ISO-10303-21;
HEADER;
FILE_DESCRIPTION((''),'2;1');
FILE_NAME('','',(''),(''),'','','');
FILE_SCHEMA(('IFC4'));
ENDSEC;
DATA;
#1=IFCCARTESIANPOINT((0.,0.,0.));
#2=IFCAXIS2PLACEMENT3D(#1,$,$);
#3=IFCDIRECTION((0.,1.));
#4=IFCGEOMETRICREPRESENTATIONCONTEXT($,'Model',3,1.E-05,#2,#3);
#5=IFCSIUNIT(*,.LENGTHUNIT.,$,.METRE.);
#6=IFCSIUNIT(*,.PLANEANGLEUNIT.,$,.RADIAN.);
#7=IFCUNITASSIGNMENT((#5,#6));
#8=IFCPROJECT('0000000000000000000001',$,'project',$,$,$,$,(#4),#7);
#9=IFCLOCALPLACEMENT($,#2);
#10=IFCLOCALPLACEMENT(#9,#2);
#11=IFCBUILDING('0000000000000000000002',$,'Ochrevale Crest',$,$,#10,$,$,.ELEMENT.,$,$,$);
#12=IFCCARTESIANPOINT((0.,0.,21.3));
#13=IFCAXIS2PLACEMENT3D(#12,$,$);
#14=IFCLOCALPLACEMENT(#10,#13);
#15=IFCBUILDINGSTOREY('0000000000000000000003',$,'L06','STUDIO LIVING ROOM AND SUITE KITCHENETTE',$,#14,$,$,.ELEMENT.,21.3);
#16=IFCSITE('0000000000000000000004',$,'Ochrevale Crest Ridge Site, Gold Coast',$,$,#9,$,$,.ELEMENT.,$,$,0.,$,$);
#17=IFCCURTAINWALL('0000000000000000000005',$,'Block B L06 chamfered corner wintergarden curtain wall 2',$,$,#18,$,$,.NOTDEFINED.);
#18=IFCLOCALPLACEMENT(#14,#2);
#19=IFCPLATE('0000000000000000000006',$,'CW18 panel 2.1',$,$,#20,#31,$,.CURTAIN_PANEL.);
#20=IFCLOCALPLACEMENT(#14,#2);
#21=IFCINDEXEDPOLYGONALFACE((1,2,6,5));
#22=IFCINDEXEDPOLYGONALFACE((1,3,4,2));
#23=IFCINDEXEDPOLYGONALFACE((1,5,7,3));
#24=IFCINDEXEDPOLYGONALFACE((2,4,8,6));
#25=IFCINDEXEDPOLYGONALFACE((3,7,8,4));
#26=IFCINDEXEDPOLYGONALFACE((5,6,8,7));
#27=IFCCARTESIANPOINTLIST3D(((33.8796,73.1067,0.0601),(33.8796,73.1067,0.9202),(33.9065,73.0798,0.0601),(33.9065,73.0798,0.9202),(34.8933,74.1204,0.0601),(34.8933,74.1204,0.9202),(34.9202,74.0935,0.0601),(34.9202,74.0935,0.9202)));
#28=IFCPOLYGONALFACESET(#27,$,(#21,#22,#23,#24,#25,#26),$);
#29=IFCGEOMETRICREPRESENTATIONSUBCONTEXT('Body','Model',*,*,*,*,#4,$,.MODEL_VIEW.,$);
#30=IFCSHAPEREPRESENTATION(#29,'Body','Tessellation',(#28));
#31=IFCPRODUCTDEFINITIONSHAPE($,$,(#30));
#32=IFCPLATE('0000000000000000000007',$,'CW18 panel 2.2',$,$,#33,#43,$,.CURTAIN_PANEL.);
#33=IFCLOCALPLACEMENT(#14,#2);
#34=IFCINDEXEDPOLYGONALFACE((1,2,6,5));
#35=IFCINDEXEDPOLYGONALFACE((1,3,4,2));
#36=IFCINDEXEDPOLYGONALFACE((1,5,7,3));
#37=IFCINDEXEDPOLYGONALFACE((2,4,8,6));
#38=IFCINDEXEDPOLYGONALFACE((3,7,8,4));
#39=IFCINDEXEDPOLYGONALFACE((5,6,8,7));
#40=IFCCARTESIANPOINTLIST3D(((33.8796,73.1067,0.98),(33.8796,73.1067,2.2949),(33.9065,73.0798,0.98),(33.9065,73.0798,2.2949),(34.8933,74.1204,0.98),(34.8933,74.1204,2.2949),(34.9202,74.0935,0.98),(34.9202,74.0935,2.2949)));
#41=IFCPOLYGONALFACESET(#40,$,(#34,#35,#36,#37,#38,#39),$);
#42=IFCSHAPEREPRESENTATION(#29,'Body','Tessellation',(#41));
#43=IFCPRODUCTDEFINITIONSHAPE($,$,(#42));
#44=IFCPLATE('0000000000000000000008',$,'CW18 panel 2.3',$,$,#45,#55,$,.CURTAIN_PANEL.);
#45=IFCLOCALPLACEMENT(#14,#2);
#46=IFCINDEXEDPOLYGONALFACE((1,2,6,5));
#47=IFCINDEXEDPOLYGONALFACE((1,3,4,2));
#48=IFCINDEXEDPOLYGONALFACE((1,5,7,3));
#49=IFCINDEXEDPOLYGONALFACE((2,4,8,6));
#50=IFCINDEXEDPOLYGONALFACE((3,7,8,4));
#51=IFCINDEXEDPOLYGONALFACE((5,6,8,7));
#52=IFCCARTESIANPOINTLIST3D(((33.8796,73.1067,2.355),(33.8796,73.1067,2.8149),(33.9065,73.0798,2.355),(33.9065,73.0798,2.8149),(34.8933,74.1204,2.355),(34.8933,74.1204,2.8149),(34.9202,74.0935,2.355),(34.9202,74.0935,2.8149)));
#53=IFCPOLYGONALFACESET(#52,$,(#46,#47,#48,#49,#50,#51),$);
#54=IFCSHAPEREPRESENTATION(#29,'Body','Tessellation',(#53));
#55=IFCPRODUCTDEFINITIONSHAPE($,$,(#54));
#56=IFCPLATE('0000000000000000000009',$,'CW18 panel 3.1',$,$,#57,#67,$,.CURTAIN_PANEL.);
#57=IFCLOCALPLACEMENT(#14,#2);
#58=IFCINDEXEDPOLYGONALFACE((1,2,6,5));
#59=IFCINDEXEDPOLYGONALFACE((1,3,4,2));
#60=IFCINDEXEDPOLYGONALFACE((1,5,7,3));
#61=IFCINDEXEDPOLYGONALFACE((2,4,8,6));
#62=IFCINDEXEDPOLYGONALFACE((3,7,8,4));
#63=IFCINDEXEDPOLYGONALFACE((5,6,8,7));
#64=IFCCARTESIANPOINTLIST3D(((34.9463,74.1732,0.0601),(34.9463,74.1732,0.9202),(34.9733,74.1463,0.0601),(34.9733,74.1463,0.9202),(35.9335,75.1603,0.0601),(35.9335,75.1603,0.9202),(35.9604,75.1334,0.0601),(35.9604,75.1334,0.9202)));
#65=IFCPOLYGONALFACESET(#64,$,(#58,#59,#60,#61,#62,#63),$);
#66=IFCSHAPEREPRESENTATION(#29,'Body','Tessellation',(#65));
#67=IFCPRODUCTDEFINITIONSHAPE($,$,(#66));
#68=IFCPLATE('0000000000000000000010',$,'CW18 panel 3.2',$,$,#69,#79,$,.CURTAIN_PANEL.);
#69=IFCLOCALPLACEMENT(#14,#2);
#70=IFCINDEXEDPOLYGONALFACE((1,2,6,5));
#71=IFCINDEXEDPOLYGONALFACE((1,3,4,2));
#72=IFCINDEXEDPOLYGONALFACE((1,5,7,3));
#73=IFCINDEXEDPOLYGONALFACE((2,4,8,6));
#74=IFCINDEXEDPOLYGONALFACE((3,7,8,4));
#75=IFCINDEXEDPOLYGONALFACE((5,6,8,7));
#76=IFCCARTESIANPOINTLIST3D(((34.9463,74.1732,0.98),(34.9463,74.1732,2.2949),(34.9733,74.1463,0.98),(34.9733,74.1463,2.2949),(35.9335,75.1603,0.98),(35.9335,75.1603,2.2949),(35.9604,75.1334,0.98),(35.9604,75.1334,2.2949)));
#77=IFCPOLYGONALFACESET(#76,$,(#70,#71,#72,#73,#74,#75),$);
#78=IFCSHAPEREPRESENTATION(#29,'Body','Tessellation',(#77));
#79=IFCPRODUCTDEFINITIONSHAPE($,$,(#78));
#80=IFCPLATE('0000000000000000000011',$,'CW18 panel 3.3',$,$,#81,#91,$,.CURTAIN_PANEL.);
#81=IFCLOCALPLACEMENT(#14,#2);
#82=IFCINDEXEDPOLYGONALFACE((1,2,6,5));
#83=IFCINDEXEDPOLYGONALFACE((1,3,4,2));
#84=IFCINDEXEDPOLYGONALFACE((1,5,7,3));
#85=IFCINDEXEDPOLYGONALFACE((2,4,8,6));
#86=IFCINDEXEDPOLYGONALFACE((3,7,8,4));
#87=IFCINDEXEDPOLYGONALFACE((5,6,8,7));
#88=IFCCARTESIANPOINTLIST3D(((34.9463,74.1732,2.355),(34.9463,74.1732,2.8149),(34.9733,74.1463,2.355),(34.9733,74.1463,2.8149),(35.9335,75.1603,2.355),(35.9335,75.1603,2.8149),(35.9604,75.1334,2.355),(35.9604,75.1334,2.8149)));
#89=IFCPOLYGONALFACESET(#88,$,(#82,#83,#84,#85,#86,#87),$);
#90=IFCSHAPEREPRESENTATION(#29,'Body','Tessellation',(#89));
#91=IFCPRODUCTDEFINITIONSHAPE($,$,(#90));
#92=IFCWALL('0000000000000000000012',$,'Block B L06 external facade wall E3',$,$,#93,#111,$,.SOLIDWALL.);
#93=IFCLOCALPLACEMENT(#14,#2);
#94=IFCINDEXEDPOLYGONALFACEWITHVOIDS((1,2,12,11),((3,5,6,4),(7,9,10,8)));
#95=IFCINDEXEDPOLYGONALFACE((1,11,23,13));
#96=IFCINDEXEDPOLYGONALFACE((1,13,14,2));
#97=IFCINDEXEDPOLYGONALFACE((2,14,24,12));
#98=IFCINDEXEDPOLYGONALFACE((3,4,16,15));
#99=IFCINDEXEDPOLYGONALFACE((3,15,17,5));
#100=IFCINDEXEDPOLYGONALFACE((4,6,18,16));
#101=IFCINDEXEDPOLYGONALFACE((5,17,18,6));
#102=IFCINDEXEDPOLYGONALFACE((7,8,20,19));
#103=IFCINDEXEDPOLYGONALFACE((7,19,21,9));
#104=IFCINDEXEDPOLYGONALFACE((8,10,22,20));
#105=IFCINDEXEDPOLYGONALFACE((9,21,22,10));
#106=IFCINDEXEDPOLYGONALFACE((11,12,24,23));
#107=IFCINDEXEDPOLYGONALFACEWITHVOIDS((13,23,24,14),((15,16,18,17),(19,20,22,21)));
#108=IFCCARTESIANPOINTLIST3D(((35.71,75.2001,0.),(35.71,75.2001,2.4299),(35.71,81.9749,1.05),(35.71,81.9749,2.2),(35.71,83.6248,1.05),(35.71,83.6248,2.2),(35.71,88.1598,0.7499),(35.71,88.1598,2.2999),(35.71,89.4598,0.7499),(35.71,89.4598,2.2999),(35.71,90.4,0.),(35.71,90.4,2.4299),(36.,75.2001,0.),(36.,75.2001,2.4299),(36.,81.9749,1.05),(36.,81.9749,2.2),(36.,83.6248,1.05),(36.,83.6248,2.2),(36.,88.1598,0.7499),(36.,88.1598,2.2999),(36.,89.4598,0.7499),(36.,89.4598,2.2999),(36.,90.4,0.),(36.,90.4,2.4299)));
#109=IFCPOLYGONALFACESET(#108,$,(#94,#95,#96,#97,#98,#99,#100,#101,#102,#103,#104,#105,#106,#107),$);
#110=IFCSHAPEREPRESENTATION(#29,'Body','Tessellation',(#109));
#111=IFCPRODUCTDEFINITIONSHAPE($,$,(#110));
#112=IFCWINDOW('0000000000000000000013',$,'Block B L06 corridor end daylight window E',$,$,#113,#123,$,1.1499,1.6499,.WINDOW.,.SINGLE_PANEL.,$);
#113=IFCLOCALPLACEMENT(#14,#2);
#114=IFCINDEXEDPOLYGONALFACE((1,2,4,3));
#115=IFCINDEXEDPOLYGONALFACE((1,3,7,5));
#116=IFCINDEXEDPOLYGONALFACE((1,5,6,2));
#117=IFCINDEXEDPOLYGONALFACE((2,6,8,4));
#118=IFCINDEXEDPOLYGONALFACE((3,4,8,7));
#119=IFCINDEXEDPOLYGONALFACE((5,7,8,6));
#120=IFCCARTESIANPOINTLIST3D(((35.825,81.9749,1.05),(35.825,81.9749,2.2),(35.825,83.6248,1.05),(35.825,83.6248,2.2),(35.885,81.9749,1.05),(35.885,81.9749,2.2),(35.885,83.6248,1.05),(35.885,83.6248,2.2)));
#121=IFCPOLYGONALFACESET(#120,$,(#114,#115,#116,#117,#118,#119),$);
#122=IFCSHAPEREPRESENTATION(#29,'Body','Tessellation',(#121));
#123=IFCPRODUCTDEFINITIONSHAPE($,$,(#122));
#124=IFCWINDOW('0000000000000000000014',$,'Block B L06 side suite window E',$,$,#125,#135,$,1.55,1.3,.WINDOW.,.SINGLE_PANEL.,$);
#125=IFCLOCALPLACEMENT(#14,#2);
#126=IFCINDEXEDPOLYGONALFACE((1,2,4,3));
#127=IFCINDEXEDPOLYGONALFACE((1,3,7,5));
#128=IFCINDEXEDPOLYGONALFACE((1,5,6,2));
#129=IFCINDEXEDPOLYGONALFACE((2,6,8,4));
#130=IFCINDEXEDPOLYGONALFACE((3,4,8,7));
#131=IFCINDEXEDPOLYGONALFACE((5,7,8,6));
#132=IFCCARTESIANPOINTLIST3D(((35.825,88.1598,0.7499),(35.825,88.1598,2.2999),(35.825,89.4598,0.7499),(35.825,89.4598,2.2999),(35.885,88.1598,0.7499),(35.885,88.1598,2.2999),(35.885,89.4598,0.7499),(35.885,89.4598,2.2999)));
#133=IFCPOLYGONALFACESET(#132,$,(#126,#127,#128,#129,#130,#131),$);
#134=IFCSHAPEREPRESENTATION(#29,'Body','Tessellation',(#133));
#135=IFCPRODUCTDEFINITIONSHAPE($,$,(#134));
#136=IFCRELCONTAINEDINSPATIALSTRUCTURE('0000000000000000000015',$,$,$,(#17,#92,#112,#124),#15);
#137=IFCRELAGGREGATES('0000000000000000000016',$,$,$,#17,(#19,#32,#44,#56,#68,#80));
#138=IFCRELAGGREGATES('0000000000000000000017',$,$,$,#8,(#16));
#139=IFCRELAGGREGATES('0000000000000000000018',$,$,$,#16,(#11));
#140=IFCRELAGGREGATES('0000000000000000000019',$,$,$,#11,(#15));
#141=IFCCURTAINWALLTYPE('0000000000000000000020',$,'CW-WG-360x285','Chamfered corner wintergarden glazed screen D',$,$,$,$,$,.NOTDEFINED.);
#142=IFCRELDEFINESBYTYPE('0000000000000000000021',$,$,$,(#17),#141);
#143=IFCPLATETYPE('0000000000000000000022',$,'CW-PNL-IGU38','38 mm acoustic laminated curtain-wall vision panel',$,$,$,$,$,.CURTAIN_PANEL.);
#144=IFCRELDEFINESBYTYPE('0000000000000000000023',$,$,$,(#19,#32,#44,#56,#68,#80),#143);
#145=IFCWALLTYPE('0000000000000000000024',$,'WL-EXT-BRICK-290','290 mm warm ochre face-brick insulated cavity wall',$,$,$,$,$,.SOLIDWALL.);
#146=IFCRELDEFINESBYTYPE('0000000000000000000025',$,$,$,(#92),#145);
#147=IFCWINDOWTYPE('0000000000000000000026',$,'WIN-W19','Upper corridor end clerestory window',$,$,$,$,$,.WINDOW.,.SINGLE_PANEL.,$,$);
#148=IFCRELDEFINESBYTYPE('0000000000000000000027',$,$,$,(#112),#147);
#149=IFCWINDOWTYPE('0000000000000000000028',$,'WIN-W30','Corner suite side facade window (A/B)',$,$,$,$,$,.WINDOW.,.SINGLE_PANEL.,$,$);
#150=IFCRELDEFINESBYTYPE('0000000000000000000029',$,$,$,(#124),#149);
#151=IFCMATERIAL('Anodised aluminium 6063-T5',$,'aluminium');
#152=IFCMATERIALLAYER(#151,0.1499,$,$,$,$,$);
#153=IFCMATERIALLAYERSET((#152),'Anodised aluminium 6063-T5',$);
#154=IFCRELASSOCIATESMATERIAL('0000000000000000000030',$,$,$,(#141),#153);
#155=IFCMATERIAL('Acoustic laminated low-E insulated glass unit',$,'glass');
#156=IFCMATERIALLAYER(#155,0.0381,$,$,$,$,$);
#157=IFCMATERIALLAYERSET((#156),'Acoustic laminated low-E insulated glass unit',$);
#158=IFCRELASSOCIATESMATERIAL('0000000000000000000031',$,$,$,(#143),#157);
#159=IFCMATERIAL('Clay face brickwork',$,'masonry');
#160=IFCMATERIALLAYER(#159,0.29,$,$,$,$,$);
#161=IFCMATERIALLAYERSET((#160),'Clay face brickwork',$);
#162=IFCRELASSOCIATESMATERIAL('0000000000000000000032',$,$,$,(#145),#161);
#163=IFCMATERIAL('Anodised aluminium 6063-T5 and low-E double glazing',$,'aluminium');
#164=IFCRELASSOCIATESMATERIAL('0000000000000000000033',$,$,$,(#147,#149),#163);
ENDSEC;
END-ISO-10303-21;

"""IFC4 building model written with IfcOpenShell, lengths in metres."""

from ifc_helpers import new_model, si_unit, direction, frame, frame_2d, origin, origin_2d, place, context, subcontext, project, spatial, rectangle, extrude, material, layer, layer_set, type_object, element, fill, aggregate, save


model = new_model("IFC4")

# Units and contexts
model_context = context("Model", 3, precision=1e-05, world=origin(), true_north=direction((0.0, 1.0)))
body_context = subcontext(model_context, "Body", "Model", "MODEL_VIEW")
ifc_project = project(units=[si_unit("LENGTHUNIT", "METRE"), si_unit("PLANEANGLEUNIT", "RADIAN")], contexts=[model_context])

# Site, building, storey
site_placement = place(None, origin())
site = spatial("IfcSite", under=ifc_project, at=site_placement, Name="Ochrevale Crest Ridge Site, Gold Coast", CompositionType="ELEMENT", RefElevation=0.0)
building_placement = place(site_placement, origin())
building = spatial("IfcBuilding", under=site, at=building_placement, Name="Ochrevale Crest", CompositionType="ELEMENT")
storey_placement = place(building_placement, frame((0.0, 0.0, 21.3)))
storey = spatial("IfcBuildingStorey", under=building, at=storey_placement, Name="L06", Description="STUDIO LIVING ROOM AND SUITE KITCHENETTE", CompositionType="ELEMENT", Elevation=21.3)

# Curtain wall, plates
ifc_material_1 = material(Name="Anodised aluminium 6063-T5", Category="aluminium")
ifc_layer_1 = layer(ifc_material_1, 0.1499)
ifc_layer_set_1 = layer_set([ifc_layer_1], Name="Anodised aluminium 6063-T5")
curtain_wall_type = type_object("IfcCurtainWallType", Name="CW-WG-360x285", Description="Chamfered corner wintergarden glazed screen D", PredefinedType="NOTDEFINED", material=ifc_layer_set_1)
curtain_wall_placement = place(storey_placement, origin())
curtain_wall = element("IfcCurtainWall", 1, at=curtain_wall_placement, inside=storey, type_object=curtain_wall_type, Name="Block B L06 chamfered corner wintergarden curtain wall 2", PredefinedType="NOTDEFINED")
ifc_material_2 = material(Name="Acoustic laminated low-E insulated glass unit", Category="glass")
ifc_layer_2 = layer(ifc_material_2, 0.0381)
ifc_layer_set_2 = layer_set([ifc_layer_2], Name="Acoustic laminated low-E insulated glass unit")
plate_type = type_object("IfcPlateType", Name="CW-PNL-IGU38", Description="38 mm acoustic laminated curtain-wall vision panel", PredefinedType="CURTAIN_PANEL", material=ifc_layer_set_2)
plate_1_placement = place(storey_placement, frame((34.3999, 73.6001, 0.0601), z_axis=(0.0, 0.0, 1.0), x_axis=(0.707107, 0.707107, 0.0)))
plate_1 = element("IfcPlate", 2, at=plate_1_placement, type_object=plate_type, Name="CW18 panel 2.1", PredefinedType="CURTAIN_PANEL", context=body_context, shape_type="SweptSolid", body=[
    extrude(rectangle(XDim=1.4336, YDim=0.0381, at=origin_2d()), origin(), (0.0, 0.0, 1.0), 0.8601),
])
plate_2_placement = place(storey_placement, frame((34.3999, 73.6001, 0.98), z_axis=(0.0, 0.0, 1.0), x_axis=(0.707107, 0.707107, 0.0)))
plate_2 = element("IfcPlate", 3, at=plate_2_placement, type_object=plate_type, Name="CW18 panel 2.2", PredefinedType="CURTAIN_PANEL", context=body_context, shape_type="SweptSolid", body=[
    extrude(rectangle(XDim=1.4336, YDim=0.0381, at=origin_2d()), origin(), (0.0, 0.0, 1.0), 1.3149),
])
plate_3_placement = place(storey_placement, frame((34.3999, 73.6001, 2.355), z_axis=(0.0, 0.0, 1.0), x_axis=(0.707107, 0.707107, 0.0)))
plate_3 = element("IfcPlate", 4, at=plate_3_placement, type_object=plate_type, Name="CW18 panel 2.3", PredefinedType="CURTAIN_PANEL", context=body_context, shape_type="SweptSolid", body=[
    extrude(rectangle(XDim=1.4336, YDim=0.0381, at=origin_2d()), origin(), (0.0, 0.0, 1.0), 0.46),
])
plate_4_placement = place(storey_placement, frame((35.4534, 74.6533, 0.0601), z_axis=(0.0, 0.0, 1.0), x_axis=(0.707107, 0.707107, 0.0)))
plate_4 = element("IfcPlate", 5, at=plate_4_placement, type_object=plate_type, Name="CW18 panel 3.1", PredefinedType="CURTAIN_PANEL", context=body_context, shape_type="SweptSolid", body=[
    extrude(rectangle(XDim=1.396, YDim=0.0381, at=origin_2d()), origin(), (0.0, 0.0, 1.0), 0.8601),
])
plate_5_placement = place(storey_placement, frame((35.4534, 74.6533, 0.98), z_axis=(0.0, 0.0, 1.0), x_axis=(0.707107, 0.707107, 0.0)))
plate_5 = element("IfcPlate", 6, at=plate_5_placement, type_object=plate_type, Name="CW18 panel 3.2", PredefinedType="CURTAIN_PANEL", context=body_context, shape_type="SweptSolid", body=[
    extrude(rectangle(XDim=1.396, YDim=0.0381, at=origin_2d()), origin(), (0.0, 0.0, 1.0), 1.3149),
])
plate_6_placement = place(storey_placement, frame((35.4534, 74.6533, 2.355), z_axis=(0.0, 0.0, 1.0), x_axis=(0.707107, 0.707107, 0.0)))
plate_6 = element("IfcPlate", 7, at=plate_6_placement, type_object=plate_type, Name="CW18 panel 3.3", PredefinedType="CURTAIN_PANEL", context=body_context, shape_type="SweptSolid", body=[
    extrude(rectangle(XDim=1.396, YDim=0.0381, at=origin_2d()), origin(), (0.0, 0.0, 1.0), 0.46),
])
aggregate(curtain_wall, [plate_1, plate_2, plate_3, plate_4, plate_5, plate_6])

# Wall, openings, windows
ifc_material_3 = material(Name="Clay face brickwork", Category="masonry")
ifc_layer_3 = layer(ifc_material_3, 0.29)
ifc_layer_set_3 = layer_set([ifc_layer_3], Name="Clay face brickwork")
wall_type = type_object("IfcWallType", Name="WL-EXT-BRICK-290", Description="290 mm warm ochre face-brick insulated cavity wall", PredefinedType="SOLIDWALL", material=ifc_layer_set_3)
wall_placement = place(storey_placement, frame((35.855, 75.2, 0.0), z_axis=(0.0, 0.0, 1.0), x_axis=(0.0, 1.0, 0.0)))
wall = element("IfcWall", 8, at=wall_placement, inside=storey, type_object=wall_type, Name="Block B L06 external facade wall E3", PredefinedType="SOLIDWALL", context=body_context, shape_type="SweptSolid", body=[
    extrude(rectangle(XDim=15.2, YDim=0.29, at=frame_2d((7.6001, 0.0))), origin(), (0.0, 0.0, 1.0), 2.4299),
])
opening_1_placement = place(wall_placement, frame((6.7749, 0.0, 1.05)))
opening_1 = element("IfcOpeningElement", 9, at=opening_1_placement, cuts=wall, PredefinedType="OPENING", context=body_context, shape_type="SweptSolid", body=[
    extrude(rectangle(XDim=1.6499, YDim=1.1499, at=frame_2d((0.825, 0.575))), frame((0.0, 0.155, 0.0), z_axis=(0.0, -1.0, 0.0), x_axis=(1.0, 0.0, 0.0)), (0.0, 0.0, 1.0), 0.3101),
])
opening_2_placement = place(wall_placement, frame((12.96, 0.0, 0.75)))
opening_2 = element("IfcOpeningElement", 10, at=opening_2_placement, cuts=wall, PredefinedType="OPENING", context=body_context, shape_type="SweptSolid", body=[
    extrude(rectangle(XDim=1.3, YDim=1.55, at=frame_2d((0.6499, 0.7749))), frame((0.0, 0.155, 0.0), z_axis=(0.0, -1.0, 0.0), x_axis=(1.0, 0.0, 0.0)), (0.0, 0.0, 1.0), 0.3101),
])
ifc_material_4 = material(Name="Anodised aluminium 6063-T5 and low-E double glazing", Category="aluminium")
window_type_1 = type_object("IfcWindowType", Name="WIN-W19", Description="Upper corridor end clerestory window", PartitioningType="SINGLE_PANEL", PredefinedType="WINDOW", material=ifc_material_4)
window_1_placement = place(opening_1_placement, origin())
window_1 = element("IfcWindow", 11, at=window_1_placement, inside=storey, type_object=window_type_1, Name="Block B L06 corridor end daylight window E", OverallHeight=1.1499, OverallWidth=1.6499, PartitioningType="SINGLE_PANEL", PredefinedType="WINDOW", context=body_context, shape_type="SweptSolid", body=[
    extrude(rectangle(XDim=1.6499, YDim=1.1499, at=frame_2d((0.825, 0.575))), frame((0.0, 0.03, 0.0), z_axis=(0.0, -1.0, 0.0), x_axis=(1.0, 0.0, 0.0)), (0.0, 0.0, 1.0), 0.0601),
])
fill(opening_1, window_1)
window_type_2 = type_object("IfcWindowType", Name="WIN-W30", Description="Corner suite side facade window (A/B)", PartitioningType="SINGLE_PANEL", PredefinedType="WINDOW", material=ifc_material_4)
window_2_placement = place(opening_2_placement, origin())
window_2 = element("IfcWindow", 12, at=window_2_placement, inside=storey, type_object=window_type_2, Name="Block B L06 side suite window E", OverallHeight=1.55, OverallWidth=1.3, PartitioningType="SINGLE_PANEL", PredefinedType="WINDOW", context=body_context, shape_type="SweptSolid", body=[
    extrude(rectangle(XDim=1.3, YDim=1.55, at=frame_2d((0.6499, 0.7749))), frame((0.0, 0.03, 0.0), z_axis=(0.0, -1.0, 0.0), x_axis=(1.0, 0.0, 0.0)), (0.0, 0.0, 1.0), 0.0601),
])
fill(opening_2, window_2)

save(model, "model.ifc")
